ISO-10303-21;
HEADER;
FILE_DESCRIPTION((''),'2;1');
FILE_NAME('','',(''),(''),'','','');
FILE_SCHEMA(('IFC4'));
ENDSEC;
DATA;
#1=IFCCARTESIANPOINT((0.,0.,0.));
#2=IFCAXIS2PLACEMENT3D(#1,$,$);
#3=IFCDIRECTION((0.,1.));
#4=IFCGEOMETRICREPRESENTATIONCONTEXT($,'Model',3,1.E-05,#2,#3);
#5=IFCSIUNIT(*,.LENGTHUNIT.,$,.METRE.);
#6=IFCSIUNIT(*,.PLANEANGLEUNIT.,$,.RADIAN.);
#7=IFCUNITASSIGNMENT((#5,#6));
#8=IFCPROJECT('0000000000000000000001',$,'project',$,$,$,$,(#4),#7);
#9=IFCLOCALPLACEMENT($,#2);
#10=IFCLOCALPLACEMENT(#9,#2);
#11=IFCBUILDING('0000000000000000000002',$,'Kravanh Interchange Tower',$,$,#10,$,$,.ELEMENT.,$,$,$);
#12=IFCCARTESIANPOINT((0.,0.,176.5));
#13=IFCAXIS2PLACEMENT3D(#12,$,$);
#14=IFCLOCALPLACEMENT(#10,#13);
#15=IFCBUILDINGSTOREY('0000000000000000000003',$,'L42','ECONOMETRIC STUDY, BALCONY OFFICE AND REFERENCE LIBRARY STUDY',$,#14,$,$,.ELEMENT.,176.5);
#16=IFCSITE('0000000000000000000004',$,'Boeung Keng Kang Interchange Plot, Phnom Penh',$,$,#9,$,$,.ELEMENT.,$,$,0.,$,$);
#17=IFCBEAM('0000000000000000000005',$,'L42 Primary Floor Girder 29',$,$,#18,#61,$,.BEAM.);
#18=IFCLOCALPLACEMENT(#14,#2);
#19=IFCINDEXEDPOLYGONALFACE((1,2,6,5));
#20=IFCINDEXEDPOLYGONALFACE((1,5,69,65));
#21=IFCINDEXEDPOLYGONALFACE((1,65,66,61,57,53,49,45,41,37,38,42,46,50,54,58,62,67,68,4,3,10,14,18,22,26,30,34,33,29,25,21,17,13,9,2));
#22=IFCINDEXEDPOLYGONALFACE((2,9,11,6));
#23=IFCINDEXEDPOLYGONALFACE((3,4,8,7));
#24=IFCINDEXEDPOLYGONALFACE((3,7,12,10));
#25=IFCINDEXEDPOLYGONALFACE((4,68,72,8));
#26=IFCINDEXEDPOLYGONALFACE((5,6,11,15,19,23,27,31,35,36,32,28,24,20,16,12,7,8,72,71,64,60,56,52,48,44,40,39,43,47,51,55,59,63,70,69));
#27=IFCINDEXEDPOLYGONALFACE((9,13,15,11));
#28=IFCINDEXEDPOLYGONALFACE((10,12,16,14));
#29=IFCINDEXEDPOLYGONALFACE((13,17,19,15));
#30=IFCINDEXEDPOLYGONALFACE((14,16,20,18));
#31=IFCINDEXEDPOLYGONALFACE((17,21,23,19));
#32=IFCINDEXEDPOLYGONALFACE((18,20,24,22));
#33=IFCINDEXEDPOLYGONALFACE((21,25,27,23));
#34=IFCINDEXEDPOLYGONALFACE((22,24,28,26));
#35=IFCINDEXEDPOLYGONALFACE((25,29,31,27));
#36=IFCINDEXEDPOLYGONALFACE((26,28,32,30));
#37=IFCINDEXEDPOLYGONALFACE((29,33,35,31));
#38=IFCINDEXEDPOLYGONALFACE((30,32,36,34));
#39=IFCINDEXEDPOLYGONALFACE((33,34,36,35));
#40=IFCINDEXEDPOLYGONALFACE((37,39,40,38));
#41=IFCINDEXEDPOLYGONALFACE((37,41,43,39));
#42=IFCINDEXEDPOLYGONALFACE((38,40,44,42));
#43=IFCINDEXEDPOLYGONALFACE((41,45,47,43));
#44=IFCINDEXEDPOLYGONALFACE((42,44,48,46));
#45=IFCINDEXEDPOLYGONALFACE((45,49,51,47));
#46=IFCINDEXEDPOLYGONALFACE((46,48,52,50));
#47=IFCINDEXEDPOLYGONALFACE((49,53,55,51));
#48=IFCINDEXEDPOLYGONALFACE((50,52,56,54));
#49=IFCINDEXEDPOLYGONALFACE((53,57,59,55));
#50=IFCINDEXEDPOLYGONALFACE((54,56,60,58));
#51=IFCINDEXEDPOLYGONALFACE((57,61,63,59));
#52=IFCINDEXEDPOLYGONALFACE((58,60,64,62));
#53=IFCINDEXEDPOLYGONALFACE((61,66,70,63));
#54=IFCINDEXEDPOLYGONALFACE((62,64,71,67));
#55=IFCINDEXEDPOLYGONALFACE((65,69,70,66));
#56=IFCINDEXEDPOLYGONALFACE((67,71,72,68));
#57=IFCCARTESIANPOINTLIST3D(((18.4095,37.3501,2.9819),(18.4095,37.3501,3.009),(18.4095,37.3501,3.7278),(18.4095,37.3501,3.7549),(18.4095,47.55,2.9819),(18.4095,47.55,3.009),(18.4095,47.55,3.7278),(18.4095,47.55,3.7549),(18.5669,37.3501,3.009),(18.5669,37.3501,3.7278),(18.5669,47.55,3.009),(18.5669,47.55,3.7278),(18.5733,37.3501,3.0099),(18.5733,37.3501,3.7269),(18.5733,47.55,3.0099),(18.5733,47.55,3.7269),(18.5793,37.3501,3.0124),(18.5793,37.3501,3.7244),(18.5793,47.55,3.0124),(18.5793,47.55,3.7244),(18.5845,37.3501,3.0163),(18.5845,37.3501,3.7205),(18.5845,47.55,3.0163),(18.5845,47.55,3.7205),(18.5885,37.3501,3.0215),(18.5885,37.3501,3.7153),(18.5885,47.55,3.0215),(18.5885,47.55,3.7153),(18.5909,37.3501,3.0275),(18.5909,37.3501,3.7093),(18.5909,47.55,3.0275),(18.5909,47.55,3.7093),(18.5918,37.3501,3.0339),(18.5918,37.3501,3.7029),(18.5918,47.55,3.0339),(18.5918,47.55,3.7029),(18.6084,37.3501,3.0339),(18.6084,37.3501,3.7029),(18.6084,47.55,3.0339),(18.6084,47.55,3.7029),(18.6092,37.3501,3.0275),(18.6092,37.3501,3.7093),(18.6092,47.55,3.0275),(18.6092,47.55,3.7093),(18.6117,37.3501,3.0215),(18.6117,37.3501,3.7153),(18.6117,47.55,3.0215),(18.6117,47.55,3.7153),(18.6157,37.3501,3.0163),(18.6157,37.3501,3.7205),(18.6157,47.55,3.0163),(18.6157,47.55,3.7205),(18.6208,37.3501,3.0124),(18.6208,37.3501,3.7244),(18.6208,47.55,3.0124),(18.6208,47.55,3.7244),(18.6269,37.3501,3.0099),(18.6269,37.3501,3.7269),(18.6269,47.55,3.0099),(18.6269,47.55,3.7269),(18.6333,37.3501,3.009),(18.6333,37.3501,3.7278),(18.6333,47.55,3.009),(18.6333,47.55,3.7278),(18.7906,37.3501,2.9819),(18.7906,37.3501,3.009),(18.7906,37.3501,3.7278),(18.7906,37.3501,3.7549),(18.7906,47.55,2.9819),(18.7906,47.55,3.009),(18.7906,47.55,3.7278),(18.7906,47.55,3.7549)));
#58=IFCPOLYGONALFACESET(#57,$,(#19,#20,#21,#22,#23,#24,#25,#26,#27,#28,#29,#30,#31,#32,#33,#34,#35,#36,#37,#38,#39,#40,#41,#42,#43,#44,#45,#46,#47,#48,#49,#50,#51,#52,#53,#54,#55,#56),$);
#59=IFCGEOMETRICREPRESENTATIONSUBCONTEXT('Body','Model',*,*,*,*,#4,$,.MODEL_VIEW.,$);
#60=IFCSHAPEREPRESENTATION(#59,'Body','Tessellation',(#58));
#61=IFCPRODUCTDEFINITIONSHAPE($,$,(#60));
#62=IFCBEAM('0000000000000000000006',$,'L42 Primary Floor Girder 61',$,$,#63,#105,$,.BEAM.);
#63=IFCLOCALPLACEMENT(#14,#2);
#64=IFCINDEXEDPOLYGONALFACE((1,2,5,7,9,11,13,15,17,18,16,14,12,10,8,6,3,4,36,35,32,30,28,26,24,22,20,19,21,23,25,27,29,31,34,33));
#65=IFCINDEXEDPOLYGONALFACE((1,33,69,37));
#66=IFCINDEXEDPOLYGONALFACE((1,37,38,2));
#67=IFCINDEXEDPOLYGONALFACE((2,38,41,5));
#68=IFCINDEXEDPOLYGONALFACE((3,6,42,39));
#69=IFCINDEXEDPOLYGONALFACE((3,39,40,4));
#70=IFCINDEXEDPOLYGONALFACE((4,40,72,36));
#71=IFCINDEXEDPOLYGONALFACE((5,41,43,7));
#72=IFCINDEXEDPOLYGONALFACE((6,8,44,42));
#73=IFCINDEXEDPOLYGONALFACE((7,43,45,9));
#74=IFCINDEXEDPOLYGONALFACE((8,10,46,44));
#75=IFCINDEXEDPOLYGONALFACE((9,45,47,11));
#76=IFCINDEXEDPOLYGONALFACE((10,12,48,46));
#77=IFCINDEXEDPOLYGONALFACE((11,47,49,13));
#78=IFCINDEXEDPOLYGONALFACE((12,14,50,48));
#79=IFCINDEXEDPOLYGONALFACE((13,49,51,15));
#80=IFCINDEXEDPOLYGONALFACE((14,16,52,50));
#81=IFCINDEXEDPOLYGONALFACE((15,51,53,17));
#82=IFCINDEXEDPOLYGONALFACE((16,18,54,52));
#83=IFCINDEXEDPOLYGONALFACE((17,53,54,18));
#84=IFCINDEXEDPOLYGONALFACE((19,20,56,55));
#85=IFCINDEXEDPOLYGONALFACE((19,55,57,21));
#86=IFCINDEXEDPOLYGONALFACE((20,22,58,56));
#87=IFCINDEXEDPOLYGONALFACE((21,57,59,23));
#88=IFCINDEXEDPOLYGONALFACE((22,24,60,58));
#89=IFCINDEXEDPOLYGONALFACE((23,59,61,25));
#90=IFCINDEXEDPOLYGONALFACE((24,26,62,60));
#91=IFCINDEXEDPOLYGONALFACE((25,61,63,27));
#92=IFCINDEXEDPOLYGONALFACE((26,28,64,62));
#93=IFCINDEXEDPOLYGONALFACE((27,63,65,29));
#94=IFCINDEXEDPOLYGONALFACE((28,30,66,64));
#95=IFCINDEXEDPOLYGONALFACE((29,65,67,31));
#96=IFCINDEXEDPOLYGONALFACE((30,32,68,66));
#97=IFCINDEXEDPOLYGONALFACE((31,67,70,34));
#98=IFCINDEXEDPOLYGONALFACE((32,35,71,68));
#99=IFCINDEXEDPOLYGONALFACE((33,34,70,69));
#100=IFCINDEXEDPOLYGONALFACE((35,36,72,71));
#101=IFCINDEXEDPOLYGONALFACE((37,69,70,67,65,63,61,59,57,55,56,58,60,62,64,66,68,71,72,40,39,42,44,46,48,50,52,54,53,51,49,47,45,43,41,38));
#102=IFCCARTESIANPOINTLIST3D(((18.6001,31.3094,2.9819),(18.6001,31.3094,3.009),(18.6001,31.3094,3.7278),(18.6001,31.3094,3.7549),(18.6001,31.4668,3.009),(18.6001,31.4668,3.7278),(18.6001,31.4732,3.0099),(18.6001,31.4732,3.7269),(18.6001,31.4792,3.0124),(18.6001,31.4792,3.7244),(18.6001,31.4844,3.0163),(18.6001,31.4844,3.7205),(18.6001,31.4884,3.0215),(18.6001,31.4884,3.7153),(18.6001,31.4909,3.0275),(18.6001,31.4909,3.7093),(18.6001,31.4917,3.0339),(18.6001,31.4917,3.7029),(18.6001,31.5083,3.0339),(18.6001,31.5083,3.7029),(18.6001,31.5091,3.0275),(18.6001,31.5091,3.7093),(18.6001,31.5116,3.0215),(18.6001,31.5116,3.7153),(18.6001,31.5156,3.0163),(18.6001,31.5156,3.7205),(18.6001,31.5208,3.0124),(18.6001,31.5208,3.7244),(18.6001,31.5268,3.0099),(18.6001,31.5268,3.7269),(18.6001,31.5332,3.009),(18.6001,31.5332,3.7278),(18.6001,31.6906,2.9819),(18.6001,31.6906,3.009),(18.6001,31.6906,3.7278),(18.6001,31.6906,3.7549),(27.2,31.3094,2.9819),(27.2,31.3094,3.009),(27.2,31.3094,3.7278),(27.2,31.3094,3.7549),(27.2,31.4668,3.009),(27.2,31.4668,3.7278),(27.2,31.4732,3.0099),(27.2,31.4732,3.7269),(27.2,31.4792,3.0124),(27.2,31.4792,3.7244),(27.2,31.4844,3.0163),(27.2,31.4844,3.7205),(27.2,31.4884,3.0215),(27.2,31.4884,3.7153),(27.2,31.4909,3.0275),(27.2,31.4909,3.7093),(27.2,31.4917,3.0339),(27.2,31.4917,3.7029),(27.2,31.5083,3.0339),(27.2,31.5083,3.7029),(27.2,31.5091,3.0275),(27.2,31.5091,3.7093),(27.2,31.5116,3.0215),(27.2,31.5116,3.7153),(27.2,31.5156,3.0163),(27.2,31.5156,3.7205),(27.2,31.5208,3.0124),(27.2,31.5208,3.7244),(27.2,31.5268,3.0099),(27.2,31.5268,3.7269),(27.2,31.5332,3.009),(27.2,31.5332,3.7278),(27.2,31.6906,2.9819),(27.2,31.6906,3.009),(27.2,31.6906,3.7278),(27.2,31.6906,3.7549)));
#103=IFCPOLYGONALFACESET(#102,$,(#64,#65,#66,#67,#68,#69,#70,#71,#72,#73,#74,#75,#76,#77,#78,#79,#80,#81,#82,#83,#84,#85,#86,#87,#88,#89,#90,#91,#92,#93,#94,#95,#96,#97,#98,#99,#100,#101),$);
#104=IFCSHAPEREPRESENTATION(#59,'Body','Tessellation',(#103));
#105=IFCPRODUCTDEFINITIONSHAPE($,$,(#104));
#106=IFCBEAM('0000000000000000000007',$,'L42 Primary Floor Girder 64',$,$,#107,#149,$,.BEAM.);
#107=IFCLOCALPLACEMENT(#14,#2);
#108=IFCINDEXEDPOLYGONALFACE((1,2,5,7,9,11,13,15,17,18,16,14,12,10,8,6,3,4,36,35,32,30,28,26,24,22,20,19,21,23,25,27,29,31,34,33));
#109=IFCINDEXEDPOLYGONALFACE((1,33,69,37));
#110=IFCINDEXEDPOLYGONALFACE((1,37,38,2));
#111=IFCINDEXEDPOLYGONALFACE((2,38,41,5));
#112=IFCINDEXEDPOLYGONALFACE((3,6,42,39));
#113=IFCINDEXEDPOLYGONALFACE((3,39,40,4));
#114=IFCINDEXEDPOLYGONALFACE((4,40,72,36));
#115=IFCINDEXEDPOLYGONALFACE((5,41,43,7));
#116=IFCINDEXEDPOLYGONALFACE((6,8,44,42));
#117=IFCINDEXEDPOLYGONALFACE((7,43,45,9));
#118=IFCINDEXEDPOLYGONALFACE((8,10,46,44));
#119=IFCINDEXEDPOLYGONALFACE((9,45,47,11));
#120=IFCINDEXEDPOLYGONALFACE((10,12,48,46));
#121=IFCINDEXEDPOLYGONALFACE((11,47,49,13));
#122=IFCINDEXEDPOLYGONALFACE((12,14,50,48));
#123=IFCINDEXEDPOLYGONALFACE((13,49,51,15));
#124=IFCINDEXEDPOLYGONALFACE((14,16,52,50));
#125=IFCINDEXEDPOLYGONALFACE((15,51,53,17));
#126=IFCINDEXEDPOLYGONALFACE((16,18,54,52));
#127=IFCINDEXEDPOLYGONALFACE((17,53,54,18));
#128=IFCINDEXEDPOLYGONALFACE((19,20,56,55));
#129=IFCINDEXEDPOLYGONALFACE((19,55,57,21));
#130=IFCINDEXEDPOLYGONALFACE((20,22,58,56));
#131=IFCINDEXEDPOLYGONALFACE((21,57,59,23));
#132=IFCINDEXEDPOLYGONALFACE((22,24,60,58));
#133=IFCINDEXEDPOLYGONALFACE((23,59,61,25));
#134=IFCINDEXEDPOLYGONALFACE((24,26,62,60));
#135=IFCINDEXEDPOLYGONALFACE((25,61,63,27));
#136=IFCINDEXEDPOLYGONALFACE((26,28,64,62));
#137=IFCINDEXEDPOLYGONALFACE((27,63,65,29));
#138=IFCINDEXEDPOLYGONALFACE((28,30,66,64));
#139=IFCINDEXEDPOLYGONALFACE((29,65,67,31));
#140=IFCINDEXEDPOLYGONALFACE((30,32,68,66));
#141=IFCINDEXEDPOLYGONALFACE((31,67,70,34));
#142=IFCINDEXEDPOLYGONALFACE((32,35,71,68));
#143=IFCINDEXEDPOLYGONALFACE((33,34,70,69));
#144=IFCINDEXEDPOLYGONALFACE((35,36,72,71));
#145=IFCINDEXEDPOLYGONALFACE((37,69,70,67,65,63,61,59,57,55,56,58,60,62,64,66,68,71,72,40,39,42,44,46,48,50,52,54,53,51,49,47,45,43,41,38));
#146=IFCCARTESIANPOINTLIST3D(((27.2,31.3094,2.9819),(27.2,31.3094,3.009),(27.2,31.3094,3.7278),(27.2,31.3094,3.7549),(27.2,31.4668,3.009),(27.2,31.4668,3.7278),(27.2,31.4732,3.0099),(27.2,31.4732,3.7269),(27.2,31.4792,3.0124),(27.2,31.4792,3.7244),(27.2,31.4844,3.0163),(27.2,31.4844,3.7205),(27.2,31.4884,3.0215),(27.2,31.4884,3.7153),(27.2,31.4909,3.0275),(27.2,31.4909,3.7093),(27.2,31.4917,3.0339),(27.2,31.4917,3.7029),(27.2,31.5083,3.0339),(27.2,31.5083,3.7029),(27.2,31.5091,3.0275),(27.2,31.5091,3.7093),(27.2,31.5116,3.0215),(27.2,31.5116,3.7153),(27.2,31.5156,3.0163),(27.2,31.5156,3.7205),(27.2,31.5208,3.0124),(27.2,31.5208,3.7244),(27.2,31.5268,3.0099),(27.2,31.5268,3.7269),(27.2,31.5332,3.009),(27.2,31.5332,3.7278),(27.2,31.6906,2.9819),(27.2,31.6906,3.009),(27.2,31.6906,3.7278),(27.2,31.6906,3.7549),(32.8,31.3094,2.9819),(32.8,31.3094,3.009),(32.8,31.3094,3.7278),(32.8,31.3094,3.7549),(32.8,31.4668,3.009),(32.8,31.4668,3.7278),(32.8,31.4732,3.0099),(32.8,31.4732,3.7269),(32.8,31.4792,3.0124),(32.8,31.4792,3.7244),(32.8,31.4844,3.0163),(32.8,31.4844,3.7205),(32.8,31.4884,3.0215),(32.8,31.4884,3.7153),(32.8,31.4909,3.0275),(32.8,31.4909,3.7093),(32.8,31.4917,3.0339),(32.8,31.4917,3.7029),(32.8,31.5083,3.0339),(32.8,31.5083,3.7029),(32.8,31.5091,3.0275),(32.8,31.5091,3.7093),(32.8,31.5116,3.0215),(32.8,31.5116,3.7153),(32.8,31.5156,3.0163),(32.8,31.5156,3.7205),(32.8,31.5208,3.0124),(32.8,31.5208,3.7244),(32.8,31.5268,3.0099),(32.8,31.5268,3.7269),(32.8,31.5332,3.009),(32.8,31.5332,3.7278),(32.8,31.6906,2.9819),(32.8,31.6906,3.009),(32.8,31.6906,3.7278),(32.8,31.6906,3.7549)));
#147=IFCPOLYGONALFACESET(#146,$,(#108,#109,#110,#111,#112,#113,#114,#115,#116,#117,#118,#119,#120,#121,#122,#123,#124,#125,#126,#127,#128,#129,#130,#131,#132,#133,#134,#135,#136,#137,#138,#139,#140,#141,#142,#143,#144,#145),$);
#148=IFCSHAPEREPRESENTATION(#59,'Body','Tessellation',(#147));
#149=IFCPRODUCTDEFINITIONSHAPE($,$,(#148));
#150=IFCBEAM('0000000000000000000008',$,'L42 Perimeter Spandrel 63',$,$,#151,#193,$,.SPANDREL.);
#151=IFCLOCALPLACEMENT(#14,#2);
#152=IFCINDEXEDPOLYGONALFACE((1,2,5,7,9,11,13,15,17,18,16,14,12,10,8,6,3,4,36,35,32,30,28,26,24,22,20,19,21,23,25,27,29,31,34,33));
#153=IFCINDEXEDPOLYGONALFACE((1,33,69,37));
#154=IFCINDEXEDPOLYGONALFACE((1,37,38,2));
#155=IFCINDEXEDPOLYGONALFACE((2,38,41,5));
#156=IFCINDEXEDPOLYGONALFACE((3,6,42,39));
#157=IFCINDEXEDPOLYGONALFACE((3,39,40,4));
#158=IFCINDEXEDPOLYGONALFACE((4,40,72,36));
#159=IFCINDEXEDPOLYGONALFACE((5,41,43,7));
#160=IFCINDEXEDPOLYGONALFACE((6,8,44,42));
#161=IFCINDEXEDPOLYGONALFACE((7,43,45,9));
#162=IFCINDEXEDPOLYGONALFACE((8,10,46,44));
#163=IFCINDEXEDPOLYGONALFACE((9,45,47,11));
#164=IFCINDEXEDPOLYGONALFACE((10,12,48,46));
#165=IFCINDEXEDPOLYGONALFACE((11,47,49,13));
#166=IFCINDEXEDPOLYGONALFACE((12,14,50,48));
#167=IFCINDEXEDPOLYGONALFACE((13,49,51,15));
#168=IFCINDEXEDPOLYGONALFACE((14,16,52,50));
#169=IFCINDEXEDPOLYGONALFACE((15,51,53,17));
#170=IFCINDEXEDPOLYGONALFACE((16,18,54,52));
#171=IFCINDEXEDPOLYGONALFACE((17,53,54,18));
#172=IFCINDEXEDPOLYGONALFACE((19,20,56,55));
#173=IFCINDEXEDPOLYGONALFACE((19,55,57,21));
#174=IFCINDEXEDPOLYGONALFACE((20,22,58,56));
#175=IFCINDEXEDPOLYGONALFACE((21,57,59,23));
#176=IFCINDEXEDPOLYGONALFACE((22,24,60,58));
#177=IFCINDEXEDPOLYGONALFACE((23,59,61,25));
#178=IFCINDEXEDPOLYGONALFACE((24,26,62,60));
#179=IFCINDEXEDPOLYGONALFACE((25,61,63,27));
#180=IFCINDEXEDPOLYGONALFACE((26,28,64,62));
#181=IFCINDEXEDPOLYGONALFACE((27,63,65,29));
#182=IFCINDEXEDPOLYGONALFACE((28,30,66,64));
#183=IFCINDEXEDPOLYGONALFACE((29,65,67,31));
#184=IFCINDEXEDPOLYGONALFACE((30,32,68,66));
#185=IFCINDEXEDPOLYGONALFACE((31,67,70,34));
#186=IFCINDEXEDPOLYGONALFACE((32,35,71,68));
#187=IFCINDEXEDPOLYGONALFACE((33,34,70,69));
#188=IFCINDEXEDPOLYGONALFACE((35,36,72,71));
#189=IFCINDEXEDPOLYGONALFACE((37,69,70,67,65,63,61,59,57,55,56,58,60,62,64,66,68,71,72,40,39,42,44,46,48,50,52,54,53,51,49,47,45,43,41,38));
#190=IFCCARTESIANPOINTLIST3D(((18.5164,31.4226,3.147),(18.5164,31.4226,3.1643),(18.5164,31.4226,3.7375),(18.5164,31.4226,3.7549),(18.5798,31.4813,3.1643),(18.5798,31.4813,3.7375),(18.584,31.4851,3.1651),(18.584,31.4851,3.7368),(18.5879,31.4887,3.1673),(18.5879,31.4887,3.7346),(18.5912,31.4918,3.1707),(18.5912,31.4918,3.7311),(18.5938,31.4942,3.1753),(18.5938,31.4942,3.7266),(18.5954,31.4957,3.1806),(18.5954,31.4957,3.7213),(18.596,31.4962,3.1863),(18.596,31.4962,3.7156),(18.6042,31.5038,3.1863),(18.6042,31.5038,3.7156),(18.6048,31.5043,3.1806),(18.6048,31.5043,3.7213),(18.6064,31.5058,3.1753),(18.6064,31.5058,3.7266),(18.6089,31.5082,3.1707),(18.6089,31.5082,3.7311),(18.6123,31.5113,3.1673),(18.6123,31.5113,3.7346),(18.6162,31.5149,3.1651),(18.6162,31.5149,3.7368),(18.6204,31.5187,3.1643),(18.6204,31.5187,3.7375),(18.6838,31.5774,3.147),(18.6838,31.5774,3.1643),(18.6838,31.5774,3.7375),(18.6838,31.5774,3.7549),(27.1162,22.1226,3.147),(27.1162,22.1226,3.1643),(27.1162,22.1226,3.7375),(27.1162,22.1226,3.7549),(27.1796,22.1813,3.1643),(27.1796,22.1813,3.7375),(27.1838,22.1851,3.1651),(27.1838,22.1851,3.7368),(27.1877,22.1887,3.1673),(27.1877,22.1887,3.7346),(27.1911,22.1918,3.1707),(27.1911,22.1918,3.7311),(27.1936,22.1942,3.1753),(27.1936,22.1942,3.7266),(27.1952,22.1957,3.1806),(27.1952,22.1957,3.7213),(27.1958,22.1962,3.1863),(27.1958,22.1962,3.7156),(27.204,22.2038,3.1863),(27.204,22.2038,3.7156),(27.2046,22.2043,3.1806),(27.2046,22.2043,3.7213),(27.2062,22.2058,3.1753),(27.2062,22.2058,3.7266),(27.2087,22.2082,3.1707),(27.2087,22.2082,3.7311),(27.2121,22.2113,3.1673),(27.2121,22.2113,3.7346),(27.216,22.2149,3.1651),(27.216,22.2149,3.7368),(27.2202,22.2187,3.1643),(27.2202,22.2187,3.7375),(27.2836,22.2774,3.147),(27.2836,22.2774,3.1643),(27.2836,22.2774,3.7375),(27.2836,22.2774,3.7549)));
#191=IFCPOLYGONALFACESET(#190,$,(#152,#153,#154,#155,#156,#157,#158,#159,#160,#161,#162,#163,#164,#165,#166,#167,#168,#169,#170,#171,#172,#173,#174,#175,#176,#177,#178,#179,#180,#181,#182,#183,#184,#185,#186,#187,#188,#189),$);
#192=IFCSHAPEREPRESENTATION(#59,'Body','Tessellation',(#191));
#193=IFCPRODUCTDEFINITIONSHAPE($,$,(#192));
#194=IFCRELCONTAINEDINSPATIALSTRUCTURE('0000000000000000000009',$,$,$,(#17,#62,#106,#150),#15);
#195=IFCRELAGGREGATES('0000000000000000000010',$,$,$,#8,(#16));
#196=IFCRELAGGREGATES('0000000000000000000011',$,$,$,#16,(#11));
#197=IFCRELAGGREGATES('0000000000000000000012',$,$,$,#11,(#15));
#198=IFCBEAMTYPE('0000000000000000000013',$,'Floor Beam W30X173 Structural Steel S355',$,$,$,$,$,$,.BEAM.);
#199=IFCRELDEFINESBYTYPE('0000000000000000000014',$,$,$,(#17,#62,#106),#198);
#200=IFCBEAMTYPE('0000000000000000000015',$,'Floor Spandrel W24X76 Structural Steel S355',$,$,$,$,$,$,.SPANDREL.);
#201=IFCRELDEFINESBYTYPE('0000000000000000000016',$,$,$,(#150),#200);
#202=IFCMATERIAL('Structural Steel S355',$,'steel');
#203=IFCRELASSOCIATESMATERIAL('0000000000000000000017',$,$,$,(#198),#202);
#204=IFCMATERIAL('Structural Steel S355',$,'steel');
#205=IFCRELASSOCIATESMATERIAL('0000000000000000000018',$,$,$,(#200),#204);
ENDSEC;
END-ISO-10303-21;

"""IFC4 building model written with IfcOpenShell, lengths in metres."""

from ifc_helpers import new_model, si_unit, direction, frame, origin, origin_2d, place, context, subcontext, project, spatial, i_section, extrude, material, material_profile, profile_set, type_object, element, save


model = new_model("IFC4")

# Units and contexts
model_context = context("Model", 3, precision=1e-05, world=origin(), true_north=direction((0.0, 1.0)))
body_context = subcontext(model_context, "Body", "Model", "MODEL_VIEW")
ifc_project = project(units=[si_unit("LENGTHUNIT", "METRE"), si_unit("PLANEANGLEUNIT", "RADIAN")], contexts=[model_context])

# Site, building, storey
site_placement = place(None, origin())
site = spatial("IfcSite", under=ifc_project, at=site_placement, Name="Boeung Keng Kang Interchange Plot, Phnom Penh", CompositionType="ELEMENT", RefElevation=0.0)
building_placement = place(site_placement, origin())
building = spatial("IfcBuilding", under=site, at=building_placement, Name="Kravanh Interchange Tower", CompositionType="ELEMENT")
storey_placement = place(building_placement, frame((0.0, 0.0, 176.5)))
storey = spatial("IfcBuildingStorey", under=building, at=storey_placement, Name="L42", Description="ECONOMETRIC STUDY, BALCONY OFFICE AND REFERENCE LIBRARY STUDY", CompositionType="ELEMENT", Elevation=176.5)

# Beams
ifc_material_1 = material(Name="Structural Steel S355", Category="steel")
ifc_material_profile_1 = material_profile(ifc_material_1, i_section(OverallWidth=0.3811, OverallDepth=0.7729, WebThickness=0.0166, FlangeThickness=0.0271, FilletRadius=0.0249, at=origin_2d()), Name="W30X173")
ifc_profile_set_1 = profile_set([ifc_material_profile_1], Name="Structural Steel S355")
beam_type_1 = type_object("IfcBeamType", Name="Floor Beam W30X173 Structural Steel S355", PredefinedType="BEAM", material=ifc_profile_set_1)
beam_1_placement = place(storey_placement, frame((18.6001, 37.3501, 3.3684), z_axis=(0.0, 1.0, 0.0), x_axis=(-1.0, 0.0, 0.0)))
element("IfcBeam", 1, at=beam_1_placement, inside=storey, type_object=beam_type_1, Name="L42 Primary Floor Girder 29", PredefinedType="BEAM", context=body_context, shape_type="SweptSolid", body=[
    extrude(i_section(OverallWidth=0.3811, OverallDepth=0.7729, WebThickness=0.0166, FlangeThickness=0.0271, FilletRadius=0.0249, at=origin_2d()), origin(), (0.0, 0.0, 1.0), 10.2),
])
beam_2_placement = place(storey_placement, frame((18.6001, 31.5, 3.3684), z_axis=(1.0, 0.0, 0.0), x_axis=(0.0, 1.0, 0.0)))
element("IfcBeam", 2, at=beam_2_placement, inside=storey, type_object=beam_type_1, Name="L42 Primary Floor Girder 61", PredefinedType="BEAM", context=body_context, shape_type="SweptSolid", body=[
    extrude(i_section(OverallWidth=0.3811, OverallDepth=0.7729, WebThickness=0.0166, FlangeThickness=0.0271, FilletRadius=0.0249, at=origin_2d()), origin(), (0.0, 0.0, 1.0), 8.5999),
])
beam_3_placement = place(storey_placement, frame((27.2, 31.5, 3.3684), z_axis=(1.0, 0.0, 0.0), x_axis=(0.0, 1.0, 0.0)))
element("IfcBeam", 3, at=beam_3_placement, inside=storey, type_object=beam_type_1, Name="L42 Primary Floor Girder 64", PredefinedType="BEAM", context=body_context, shape_type="SweptSolid", body=[
    extrude(i_section(OverallWidth=0.3811, OverallDepth=0.7729, WebThickness=0.0166, FlangeThickness=0.0271, FilletRadius=0.0249, at=origin_2d()), origin(), (0.0, 0.0, 1.0), 5.6001),
])
ifc_material_2 = material(Name="Structural Steel S355", Category="steel")
ifc_material_profile_2 = material_profile(ifc_material_2, i_section(OverallWidth=0.228, OverallDepth=0.6079, WebThickness=0.0112, FlangeThickness=0.0173, FilletRadius=0.022, at=origin_2d()), Name="W24X76")
ifc_profile_set_2 = profile_set([ifc_material_profile_2], Name="Structural Steel S355")
beam_type_2 = type_object("IfcBeamType", Name="Floor Spandrel W24X76 Structural Steel S355", PredefinedType="SPANDREL", material=ifc_profile_set_2)
beam_4_placement = place(storey_placement, frame((18.6001, 31.5, 3.4509), z_axis=(0.678927, -0.734205, 0.0), x_axis=(0.734205, 0.678927, 0.0)))
element("IfcBeam", 4, at=beam_4_placement, inside=storey, type_object=beam_type_2, Name="L42 Perimeter Spandrel 63", PredefinedType="SPANDREL", context=body_context, shape_type="SweptSolid", body=[
    extrude(i_section(OverallWidth=0.228, OverallDepth=0.6079, WebThickness=0.0112, FlangeThickness=0.0173, FilletRadius=0.022, at=origin_2d()), origin(), (0.0, 0.0, 1.0), 12.6667),
])

save(model, "model.ifc")
